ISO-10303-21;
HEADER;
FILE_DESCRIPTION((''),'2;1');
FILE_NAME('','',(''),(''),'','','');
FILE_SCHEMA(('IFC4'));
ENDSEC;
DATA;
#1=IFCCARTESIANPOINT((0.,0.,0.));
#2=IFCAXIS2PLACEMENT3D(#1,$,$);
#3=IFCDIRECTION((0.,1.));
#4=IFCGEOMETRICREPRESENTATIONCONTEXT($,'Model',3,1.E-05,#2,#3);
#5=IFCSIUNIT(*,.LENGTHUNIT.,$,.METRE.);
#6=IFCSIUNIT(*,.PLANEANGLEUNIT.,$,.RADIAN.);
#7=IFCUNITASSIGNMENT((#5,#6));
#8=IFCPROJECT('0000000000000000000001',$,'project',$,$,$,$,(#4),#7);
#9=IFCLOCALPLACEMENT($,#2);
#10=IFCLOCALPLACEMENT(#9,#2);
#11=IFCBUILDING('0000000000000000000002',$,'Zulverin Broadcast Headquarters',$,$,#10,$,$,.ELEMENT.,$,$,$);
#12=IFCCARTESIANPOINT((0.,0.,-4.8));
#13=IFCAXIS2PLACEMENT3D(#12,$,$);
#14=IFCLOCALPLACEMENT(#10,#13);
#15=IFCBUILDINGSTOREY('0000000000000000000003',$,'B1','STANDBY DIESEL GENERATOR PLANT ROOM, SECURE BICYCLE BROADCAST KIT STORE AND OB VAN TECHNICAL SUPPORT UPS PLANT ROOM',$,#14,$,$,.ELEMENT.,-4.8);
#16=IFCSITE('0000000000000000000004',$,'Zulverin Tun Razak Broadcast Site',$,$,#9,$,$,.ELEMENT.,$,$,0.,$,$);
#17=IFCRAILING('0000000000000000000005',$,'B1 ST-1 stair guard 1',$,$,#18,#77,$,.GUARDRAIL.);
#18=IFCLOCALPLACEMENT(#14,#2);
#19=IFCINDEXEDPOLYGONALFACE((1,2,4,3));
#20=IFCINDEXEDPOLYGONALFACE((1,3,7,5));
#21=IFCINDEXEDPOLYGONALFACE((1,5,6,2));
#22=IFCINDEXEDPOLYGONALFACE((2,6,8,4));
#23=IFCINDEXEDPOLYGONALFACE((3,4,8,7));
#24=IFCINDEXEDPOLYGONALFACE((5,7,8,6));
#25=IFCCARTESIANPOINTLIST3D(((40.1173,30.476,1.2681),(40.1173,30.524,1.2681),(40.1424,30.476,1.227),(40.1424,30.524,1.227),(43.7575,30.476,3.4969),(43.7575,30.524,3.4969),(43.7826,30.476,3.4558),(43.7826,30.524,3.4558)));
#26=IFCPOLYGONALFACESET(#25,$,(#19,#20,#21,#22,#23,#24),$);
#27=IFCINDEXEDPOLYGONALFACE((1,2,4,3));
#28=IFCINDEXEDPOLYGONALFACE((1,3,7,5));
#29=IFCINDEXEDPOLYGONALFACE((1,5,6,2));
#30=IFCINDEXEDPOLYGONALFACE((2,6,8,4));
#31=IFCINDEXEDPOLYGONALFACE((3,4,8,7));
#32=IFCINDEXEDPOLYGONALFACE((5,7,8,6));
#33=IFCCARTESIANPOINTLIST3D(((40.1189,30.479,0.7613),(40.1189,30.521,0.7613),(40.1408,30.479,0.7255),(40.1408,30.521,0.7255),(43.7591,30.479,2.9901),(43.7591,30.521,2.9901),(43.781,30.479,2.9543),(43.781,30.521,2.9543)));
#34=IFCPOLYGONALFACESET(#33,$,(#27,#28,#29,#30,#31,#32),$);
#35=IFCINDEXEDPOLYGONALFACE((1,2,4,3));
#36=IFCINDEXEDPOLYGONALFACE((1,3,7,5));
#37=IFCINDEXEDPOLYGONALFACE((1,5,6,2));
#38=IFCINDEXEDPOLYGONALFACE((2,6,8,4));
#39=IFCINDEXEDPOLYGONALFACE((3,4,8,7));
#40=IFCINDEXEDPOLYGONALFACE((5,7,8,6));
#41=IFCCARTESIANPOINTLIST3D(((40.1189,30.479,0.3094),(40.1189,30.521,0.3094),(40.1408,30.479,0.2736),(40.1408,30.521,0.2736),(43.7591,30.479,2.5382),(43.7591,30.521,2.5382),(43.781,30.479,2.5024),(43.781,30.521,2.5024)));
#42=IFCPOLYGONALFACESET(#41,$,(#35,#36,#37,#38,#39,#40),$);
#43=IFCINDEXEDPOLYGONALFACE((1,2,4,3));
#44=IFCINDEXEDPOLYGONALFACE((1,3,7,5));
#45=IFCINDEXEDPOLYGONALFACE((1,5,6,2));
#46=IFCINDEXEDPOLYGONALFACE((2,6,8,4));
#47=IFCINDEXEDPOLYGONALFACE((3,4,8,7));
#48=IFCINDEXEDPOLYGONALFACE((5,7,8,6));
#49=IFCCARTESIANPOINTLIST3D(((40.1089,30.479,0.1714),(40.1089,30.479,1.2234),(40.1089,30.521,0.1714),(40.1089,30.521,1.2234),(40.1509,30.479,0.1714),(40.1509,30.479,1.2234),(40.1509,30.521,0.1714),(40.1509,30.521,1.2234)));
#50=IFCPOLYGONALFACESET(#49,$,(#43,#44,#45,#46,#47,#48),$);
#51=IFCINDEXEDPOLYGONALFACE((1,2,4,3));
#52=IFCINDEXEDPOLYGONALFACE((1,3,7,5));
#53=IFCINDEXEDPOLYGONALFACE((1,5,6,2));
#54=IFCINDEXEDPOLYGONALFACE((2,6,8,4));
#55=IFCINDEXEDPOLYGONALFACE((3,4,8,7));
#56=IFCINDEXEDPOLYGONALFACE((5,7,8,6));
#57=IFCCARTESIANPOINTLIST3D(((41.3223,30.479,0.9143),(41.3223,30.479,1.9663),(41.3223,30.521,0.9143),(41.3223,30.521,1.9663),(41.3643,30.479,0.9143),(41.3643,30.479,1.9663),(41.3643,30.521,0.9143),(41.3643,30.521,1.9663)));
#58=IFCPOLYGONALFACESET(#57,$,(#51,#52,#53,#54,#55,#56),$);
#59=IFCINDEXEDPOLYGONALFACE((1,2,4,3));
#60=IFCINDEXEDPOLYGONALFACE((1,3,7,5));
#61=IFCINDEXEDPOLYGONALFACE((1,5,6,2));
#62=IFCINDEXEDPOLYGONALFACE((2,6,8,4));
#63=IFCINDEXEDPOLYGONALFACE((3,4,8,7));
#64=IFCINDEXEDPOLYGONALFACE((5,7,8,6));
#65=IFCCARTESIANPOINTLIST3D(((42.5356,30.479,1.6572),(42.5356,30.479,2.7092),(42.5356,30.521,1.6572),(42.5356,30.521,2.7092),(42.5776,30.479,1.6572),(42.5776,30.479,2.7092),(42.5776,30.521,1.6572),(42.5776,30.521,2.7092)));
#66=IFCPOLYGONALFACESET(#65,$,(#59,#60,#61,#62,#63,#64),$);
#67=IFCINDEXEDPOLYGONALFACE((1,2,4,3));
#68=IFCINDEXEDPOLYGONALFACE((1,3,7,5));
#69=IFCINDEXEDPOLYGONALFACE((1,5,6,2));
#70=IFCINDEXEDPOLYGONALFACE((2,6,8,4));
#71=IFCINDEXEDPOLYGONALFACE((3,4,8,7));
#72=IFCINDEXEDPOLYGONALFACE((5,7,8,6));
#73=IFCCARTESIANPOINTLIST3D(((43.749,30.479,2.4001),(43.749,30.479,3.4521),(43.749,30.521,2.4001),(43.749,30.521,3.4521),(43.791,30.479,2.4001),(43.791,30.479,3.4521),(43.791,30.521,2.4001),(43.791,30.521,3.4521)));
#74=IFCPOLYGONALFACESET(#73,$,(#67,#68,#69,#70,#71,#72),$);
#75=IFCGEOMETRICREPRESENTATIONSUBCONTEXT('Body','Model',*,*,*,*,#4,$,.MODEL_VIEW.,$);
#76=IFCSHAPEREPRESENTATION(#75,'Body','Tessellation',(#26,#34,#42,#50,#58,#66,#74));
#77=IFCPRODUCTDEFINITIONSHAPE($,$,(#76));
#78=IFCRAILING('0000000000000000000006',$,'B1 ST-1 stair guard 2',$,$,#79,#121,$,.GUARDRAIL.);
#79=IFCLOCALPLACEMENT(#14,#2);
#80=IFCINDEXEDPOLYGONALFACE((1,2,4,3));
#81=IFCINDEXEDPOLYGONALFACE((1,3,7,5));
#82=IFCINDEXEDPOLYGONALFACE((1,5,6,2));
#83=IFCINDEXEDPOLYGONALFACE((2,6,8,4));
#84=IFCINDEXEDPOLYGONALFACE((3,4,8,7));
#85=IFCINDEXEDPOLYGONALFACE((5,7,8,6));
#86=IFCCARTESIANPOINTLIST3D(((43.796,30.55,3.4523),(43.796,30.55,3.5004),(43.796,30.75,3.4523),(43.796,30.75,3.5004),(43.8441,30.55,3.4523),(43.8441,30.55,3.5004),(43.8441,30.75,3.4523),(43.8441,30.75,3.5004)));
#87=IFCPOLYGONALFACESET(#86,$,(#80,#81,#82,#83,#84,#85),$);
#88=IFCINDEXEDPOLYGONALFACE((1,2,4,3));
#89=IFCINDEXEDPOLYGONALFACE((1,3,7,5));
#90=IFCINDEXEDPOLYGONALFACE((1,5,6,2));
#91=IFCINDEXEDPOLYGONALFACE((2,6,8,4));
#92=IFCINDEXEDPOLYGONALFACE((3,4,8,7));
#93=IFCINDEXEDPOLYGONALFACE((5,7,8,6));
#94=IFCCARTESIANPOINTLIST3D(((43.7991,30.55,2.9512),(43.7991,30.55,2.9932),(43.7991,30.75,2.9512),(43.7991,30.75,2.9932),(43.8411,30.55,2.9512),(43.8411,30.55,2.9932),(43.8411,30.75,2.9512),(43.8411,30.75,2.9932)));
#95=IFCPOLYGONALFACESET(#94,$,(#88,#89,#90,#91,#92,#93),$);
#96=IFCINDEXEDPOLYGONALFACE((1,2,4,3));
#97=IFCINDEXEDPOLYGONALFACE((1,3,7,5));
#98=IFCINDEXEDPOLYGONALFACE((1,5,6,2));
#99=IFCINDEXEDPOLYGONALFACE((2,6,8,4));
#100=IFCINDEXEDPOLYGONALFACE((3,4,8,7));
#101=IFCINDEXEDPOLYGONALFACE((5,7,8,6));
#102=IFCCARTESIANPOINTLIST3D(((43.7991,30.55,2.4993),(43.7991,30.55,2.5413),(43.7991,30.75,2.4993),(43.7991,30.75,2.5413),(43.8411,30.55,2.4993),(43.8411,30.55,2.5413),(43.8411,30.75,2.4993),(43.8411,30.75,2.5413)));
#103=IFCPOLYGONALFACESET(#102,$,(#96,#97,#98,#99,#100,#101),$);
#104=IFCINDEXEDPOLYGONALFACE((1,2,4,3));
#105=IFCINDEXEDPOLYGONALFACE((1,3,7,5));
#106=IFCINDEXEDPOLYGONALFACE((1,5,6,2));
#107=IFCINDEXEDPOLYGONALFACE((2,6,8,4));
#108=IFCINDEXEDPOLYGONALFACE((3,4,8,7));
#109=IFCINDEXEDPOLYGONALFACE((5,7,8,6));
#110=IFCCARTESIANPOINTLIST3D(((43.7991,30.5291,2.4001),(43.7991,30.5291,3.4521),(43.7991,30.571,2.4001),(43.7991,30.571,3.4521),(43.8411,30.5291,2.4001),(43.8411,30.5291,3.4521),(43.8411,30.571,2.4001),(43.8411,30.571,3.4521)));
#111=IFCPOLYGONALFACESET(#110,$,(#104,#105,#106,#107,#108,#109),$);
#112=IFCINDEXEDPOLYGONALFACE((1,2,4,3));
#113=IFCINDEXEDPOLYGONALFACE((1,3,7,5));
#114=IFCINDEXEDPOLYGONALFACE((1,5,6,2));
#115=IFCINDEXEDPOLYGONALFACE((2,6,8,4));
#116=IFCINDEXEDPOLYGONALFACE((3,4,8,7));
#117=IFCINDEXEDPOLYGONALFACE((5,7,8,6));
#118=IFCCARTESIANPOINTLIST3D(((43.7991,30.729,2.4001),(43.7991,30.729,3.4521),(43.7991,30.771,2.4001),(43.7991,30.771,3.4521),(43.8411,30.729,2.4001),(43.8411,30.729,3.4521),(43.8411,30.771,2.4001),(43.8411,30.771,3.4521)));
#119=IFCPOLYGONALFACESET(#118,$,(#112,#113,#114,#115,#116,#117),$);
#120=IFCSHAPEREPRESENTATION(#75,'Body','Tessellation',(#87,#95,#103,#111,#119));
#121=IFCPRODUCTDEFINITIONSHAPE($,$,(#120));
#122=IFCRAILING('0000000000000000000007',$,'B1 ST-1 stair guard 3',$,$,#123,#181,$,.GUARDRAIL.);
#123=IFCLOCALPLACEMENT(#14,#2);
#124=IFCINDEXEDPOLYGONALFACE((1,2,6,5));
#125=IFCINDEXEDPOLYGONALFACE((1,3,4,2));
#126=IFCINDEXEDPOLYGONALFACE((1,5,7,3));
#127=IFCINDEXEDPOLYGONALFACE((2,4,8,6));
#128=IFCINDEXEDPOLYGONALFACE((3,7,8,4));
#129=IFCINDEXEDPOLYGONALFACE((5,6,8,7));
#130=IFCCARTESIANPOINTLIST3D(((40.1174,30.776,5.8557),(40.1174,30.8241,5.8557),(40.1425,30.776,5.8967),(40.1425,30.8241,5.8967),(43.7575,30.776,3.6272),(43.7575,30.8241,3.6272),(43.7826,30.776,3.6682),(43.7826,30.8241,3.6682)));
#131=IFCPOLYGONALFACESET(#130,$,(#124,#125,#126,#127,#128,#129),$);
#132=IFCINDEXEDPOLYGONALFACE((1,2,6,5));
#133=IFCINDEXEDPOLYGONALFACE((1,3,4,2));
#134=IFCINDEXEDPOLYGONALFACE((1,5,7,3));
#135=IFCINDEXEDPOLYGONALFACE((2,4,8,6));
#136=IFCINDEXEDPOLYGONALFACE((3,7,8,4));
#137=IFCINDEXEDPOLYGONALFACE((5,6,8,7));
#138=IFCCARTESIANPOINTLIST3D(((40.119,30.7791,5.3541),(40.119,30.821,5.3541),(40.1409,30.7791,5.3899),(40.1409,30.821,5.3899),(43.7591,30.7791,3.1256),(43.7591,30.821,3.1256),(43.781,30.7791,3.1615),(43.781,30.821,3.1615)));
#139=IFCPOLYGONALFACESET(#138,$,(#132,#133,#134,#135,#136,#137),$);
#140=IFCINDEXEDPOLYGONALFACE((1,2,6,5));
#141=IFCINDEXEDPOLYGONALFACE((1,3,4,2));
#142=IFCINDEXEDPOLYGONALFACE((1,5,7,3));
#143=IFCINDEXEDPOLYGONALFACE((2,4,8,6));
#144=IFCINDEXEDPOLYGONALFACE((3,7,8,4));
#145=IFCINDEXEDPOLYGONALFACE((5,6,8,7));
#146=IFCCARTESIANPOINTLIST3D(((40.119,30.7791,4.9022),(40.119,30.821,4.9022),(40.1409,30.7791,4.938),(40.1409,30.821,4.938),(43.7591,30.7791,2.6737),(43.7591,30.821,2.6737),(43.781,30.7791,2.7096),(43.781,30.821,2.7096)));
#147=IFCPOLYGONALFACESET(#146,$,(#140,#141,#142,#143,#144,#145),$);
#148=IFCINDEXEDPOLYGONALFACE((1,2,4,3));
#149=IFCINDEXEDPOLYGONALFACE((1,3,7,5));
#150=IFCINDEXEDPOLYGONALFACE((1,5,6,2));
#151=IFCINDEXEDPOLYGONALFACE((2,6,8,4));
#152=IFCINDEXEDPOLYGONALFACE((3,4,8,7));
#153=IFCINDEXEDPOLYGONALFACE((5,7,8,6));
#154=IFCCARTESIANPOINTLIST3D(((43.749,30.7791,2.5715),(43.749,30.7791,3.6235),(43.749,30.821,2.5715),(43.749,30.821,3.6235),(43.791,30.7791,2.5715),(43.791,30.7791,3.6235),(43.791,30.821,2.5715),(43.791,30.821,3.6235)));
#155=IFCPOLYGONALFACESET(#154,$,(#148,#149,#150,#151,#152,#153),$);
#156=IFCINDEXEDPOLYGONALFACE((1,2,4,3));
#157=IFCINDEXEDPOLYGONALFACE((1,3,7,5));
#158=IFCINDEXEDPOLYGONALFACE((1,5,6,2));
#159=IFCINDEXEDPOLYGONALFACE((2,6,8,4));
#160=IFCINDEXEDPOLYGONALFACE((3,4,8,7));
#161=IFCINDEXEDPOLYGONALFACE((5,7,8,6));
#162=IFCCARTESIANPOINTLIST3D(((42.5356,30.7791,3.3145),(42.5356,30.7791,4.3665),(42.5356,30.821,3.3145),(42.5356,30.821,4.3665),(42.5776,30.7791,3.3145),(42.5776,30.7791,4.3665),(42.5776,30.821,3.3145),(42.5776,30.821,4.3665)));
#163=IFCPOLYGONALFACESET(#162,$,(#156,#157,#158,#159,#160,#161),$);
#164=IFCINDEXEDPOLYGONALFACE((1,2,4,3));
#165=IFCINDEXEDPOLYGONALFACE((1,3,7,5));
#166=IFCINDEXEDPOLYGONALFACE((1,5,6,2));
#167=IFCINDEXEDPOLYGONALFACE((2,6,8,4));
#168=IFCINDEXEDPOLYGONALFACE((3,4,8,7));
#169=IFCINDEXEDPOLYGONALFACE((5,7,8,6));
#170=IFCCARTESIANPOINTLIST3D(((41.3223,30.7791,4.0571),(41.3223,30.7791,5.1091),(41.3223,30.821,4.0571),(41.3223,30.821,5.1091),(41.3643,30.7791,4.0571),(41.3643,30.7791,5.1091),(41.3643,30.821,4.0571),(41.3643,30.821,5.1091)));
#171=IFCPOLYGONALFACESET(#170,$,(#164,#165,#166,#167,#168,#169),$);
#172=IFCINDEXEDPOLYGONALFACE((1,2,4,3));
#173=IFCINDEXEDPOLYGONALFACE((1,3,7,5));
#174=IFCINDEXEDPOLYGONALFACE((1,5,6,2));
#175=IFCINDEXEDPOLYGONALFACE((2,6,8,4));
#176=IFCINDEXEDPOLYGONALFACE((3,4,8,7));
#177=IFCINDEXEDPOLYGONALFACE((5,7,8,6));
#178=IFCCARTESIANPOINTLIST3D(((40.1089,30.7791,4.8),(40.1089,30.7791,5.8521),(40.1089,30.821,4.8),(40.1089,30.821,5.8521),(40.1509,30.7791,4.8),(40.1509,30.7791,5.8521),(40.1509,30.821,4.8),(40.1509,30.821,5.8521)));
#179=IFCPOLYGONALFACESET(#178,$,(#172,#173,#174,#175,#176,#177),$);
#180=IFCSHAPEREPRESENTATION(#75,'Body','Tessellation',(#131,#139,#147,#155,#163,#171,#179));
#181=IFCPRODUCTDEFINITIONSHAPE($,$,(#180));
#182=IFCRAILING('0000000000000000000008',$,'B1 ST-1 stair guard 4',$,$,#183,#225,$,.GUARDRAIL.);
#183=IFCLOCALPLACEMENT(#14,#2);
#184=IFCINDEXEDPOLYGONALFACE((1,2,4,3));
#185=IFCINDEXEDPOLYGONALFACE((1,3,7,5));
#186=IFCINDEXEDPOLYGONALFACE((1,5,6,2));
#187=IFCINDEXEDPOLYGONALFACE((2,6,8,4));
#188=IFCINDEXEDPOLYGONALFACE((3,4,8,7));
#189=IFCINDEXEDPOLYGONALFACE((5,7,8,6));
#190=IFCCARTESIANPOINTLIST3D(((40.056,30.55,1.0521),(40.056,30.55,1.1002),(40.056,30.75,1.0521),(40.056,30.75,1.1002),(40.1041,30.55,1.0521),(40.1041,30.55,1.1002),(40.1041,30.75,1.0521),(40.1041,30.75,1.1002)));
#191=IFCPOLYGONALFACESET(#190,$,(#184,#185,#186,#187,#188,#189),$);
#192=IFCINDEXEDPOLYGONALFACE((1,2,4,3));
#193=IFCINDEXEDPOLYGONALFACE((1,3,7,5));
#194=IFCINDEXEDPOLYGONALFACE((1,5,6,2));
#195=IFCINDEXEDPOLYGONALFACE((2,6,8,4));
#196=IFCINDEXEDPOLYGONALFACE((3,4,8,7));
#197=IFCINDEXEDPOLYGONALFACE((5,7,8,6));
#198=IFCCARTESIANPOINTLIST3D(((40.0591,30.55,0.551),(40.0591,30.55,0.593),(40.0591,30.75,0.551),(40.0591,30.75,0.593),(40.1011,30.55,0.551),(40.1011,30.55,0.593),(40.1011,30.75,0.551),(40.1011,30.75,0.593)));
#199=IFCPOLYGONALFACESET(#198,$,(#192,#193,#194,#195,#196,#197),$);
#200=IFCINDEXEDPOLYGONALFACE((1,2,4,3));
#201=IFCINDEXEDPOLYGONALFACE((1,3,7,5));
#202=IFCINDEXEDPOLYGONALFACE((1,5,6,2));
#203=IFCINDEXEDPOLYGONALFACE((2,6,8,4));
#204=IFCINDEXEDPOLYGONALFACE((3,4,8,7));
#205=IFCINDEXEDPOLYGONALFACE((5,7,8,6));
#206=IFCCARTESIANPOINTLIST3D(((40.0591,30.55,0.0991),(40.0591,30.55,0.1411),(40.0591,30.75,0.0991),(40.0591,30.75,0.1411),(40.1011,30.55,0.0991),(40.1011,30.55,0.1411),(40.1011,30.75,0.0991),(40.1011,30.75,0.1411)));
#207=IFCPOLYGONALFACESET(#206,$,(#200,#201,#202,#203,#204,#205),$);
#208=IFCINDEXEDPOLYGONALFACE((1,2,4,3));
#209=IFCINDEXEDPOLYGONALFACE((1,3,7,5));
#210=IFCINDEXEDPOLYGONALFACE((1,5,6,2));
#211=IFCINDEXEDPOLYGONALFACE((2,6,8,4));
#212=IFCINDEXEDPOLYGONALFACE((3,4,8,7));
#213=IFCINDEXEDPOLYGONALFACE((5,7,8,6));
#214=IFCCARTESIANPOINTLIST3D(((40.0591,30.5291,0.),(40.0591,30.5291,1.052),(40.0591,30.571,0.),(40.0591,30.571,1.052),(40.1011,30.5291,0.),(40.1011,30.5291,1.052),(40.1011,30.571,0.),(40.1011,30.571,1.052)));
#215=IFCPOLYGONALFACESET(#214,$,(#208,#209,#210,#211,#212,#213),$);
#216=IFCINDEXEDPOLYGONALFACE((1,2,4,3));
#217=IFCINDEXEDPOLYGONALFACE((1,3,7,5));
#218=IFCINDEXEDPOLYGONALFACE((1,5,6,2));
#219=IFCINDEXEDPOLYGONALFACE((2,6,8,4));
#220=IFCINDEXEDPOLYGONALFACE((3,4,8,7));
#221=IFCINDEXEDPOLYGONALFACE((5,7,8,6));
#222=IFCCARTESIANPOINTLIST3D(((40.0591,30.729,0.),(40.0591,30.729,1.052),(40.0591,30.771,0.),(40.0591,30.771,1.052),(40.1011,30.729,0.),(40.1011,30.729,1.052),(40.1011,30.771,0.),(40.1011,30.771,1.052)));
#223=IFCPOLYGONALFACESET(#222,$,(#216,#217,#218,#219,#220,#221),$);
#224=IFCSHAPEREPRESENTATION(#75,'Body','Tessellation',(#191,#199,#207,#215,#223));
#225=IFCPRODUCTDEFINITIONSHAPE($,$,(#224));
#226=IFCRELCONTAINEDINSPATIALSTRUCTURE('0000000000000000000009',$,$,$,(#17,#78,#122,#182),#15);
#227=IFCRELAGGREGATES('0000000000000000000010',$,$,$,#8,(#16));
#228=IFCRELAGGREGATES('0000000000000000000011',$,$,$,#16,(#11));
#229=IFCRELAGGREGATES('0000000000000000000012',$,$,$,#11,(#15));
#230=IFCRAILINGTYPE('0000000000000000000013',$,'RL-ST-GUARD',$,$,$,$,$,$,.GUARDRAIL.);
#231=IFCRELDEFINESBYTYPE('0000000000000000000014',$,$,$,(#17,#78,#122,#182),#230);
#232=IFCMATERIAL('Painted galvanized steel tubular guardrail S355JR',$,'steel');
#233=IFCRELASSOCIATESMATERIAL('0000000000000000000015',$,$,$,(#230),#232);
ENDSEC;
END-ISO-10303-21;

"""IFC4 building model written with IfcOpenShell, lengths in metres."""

from ifc_helpers import new_model, si_unit, direction, frame, origin, origin_2d, place, context, subcontext, project, spatial, rectangle, extrude, material, type_object, element, save


model = new_model("IFC4")

# Units and contexts
model_context = context("Model", 3, precision=1e-05, world=origin(), true_north=direction((0.0, 1.0)))
body_context = subcontext(model_context, "Body", "Model", "MODEL_VIEW")
ifc_project = project(units=[si_unit("LENGTHUNIT", "METRE"), si_unit("PLANEANGLEUNIT", "RADIAN")], contexts=[model_context])

# Site, building, storey
site_placement = place(None, origin())
site = spatial("IfcSite", under=ifc_project, at=site_placement, Name="Zulverin Tun Razak Broadcast Site", CompositionType="ELEMENT", RefElevation=0.0)
building_placement = place(site_placement, origin())
building = spatial("IfcBuilding", under=site, at=building_placement, Name="Zulverin Broadcast Headquarters", CompositionType="ELEMENT")
storey_placement = place(building_placement, frame((0.0, 0.0, -4.8)))
storey = spatial("IfcBuildingStorey", under=building, at=storey_placement, Name="B1", Description="STANDBY DIESEL GENERATOR PLANT ROOM, SECURE BICYCLE BROADCAST KIT STORE AND OB VAN TECHNICAL SUPPORT UPS PLANT ROOM", CompositionType="ELEMENT", Elevation=-4.8)

# Railings
ifc_material_1 = material(Name="Painted galvanized steel tubular guardrail S355JR", Category="steel")
railing_type_1 = type_object("IfcRailingType", Name="RL-ST-GUARD", PredefinedType="GUARDRAIL", material=ifc_material_1)
railing_1_placement = place(storey_placement, frame((40.1299, 30.5, 0.1714)))
element("IfcRailing", 1, at=railing_1_placement, inside=storey, type_object=railing_type_1, Name="B1 ST-1 stair guard 1", PredefinedType="GUARDRAIL", context=body_context, shape_type="SweptSolid", body=[
    extrude(rectangle(XDim=0.0481, YDim=0.0481, at=origin_2d()), frame((0.0, 0.0, 1.0762), z_axis=(0.85284, 0.0, 0.522172), x_axis=(0.0, 1.0, 0.0)), (0.0, 0.0, 1.0), 4.2683),
    extrude(rectangle(XDim=0.042, YDim=0.042, at=origin_2d()), frame((0.0, 0.0, 0.572), z_axis=(0.85284, 0.0, 0.522172), x_axis=(0.0, 1.0, 0.0)), (0.0, 0.0, 1.0), 4.2683),
    extrude(rectangle(XDim=0.042, YDim=0.042, at=origin_2d()), frame((0.0, 0.0, 0.1201), z_axis=(0.85284, 0.0, 0.522172), x_axis=(0.0, 1.0, 0.0)), (0.0, 0.0, 1.0), 4.2683),
    extrude(rectangle(XDim=0.042, YDim=0.042, at=origin_2d()), origin(), (0.0, 0.0, 1.0), 1.052),
    extrude(rectangle(XDim=0.042, YDim=0.042, at=origin_2d()), frame((1.2134, 0.0, 0.7429)), (0.0, 0.0, 1.0), 1.052),
    extrude(rectangle(XDim=0.042, YDim=0.042, at=origin_2d()), frame((2.4268, 0.0, 1.4858)), (0.0, 0.0, 1.0), 1.052),
    extrude(rectangle(XDim=0.042, YDim=0.042, at=origin_2d()), frame((3.6401, 0.0, 2.2288)), (0.0, 0.0, 1.0), 1.052),
])
railing_2_placement = place(storey_placement, frame((43.8201, 30.55, 2.4001)))
element("IfcRailing", 2, at=railing_2_placement, inside=storey, type_object=railing_type_1, Name="B1 ST-1 stair guard 2", PredefinedType="GUARDRAIL", context=body_context, shape_type="SweptSolid", body=[
    extrude(rectangle(XDim=0.0481, YDim=0.0481, at=origin_2d()), frame((0.0, 0.0, 1.0762), z_axis=(0.0, 1.0, 0.0), x_axis=(-1.0, 0.0, 0.0)), (0.0, 0.0, 1.0), 0.2),
    extrude(rectangle(XDim=0.042, YDim=0.042, at=origin_2d()), frame((0.0, 0.0, 0.572), z_axis=(0.0, 1.0, 0.0), x_axis=(-1.0, 0.0, 0.0)), (0.0, 0.0, 1.0), 0.2),
    extrude(rectangle(XDim=0.042, YDim=0.042, at=origin_2d()), frame((0.0, 0.0, 0.1201), z_axis=(0.0, 1.0, 0.0), x_axis=(-1.0, 0.0, 0.0)), (0.0, 0.0, 1.0), 0.2),
    extrude(rectangle(XDim=0.042, YDim=0.042, at=origin_2d()), origin(), (0.0, 0.0, 1.0), 1.052),
    extrude(rectangle(XDim=0.042, YDim=0.042, at=origin_2d()), frame((0.0, 0.2, 0.0)), (0.0, 0.0, 1.0), 1.052),
])
railing_3_placement = place(storey_placement, frame((43.77, 30.8, 2.5715)))
element("IfcRailing", 3, at=railing_3_placement, inside=storey, type_object=railing_type_1, Name="B1 ST-1 stair guard 3", PredefinedType="GUARDRAIL", context=body_context, shape_type="SweptSolid", body=[
    extrude(rectangle(XDim=0.0481, YDim=0.0481, at=origin_2d()), frame((0.0, 0.0, 1.0762), z_axis=(-0.852866, 0.0, 0.52213), x_axis=(0.0, -1.0, 0.0)), (0.0, 0.0, 1.0), 4.2681),
    extrude(rectangle(XDim=0.042, YDim=0.042, at=origin_2d()), frame((0.0, 0.0, 0.572), z_axis=(-0.852866, 0.0, 0.52213), x_axis=(0.0, -1.0, 0.0)), (0.0, 0.0, 1.0), 4.2681),
    extrude(rectangle(XDim=0.042, YDim=0.042, at=origin_2d()), frame((0.0, 0.0, 0.1201), z_axis=(-0.852866, 0.0, 0.52213), x_axis=(0.0, -1.0, 0.0)), (0.0, 0.0, 1.0), 4.2681),
    extrude(rectangle(XDim=0.042, YDim=0.042, at=origin_2d()), origin(), (0.0, 0.0, 1.0), 1.052),
    extrude(rectangle(XDim=0.042, YDim=0.042, at=origin_2d()), frame((-1.2134, 0.0, 0.7429)), (0.0, 0.0, 1.0), 1.052),
    extrude(rectangle(XDim=0.042, YDim=0.042, at=origin_2d()), frame((-2.4268, 0.0, 1.4856)), (0.0, 0.0, 1.0), 1.052),
    extrude(rectangle(XDim=0.042, YDim=0.042, at=origin_2d()), frame((-3.6401, 0.0, 2.2285)), (0.0, 0.0, 1.0), 1.052),
])
railing_4_placement = place(storey_placement, frame((40.0801, 30.55, 0.0)))
element("IfcRailing", 4, at=railing_4_placement, inside=storey, type_object=railing_type_1, Name="B1 ST-1 stair guard 4", PredefinedType="GUARDRAIL", context=body_context, shape_type="SweptSolid", body=[
    extrude(rectangle(XDim=0.0481, YDim=0.0481, at=origin_2d()), frame((0.0, 0.0, 1.0762), z_axis=(0.0, 1.0, 0.0), x_axis=(-1.0, 0.0, 0.0)), (0.0, 0.0, 1.0), 0.2),
    extrude(rectangle(XDim=0.042, YDim=0.042, at=origin_2d()), frame((0.0, 0.0, 0.572), z_axis=(0.0, 1.0, 0.0), x_axis=(-1.0, 0.0, 0.0)), (0.0, 0.0, 1.0), 0.2),
    extrude(rectangle(XDim=0.042, YDim=0.042, at=origin_2d()), frame((0.0, 0.0, 0.1201), z_axis=(0.0, 1.0, 0.0), x_axis=(-1.0, 0.0, 0.0)), (0.0, 0.0, 1.0), 0.2),
    extrude(rectangle(XDim=0.042, YDim=0.042, at=origin_2d()), origin(), (0.0, 0.0, 1.0), 1.052),
    extrude(rectangle(XDim=0.042, YDim=0.042, at=origin_2d()), frame((0.0, 0.2, 0.0)), (0.0, 0.0, 1.0), 1.052),
])

save(model, "model.ifc")
